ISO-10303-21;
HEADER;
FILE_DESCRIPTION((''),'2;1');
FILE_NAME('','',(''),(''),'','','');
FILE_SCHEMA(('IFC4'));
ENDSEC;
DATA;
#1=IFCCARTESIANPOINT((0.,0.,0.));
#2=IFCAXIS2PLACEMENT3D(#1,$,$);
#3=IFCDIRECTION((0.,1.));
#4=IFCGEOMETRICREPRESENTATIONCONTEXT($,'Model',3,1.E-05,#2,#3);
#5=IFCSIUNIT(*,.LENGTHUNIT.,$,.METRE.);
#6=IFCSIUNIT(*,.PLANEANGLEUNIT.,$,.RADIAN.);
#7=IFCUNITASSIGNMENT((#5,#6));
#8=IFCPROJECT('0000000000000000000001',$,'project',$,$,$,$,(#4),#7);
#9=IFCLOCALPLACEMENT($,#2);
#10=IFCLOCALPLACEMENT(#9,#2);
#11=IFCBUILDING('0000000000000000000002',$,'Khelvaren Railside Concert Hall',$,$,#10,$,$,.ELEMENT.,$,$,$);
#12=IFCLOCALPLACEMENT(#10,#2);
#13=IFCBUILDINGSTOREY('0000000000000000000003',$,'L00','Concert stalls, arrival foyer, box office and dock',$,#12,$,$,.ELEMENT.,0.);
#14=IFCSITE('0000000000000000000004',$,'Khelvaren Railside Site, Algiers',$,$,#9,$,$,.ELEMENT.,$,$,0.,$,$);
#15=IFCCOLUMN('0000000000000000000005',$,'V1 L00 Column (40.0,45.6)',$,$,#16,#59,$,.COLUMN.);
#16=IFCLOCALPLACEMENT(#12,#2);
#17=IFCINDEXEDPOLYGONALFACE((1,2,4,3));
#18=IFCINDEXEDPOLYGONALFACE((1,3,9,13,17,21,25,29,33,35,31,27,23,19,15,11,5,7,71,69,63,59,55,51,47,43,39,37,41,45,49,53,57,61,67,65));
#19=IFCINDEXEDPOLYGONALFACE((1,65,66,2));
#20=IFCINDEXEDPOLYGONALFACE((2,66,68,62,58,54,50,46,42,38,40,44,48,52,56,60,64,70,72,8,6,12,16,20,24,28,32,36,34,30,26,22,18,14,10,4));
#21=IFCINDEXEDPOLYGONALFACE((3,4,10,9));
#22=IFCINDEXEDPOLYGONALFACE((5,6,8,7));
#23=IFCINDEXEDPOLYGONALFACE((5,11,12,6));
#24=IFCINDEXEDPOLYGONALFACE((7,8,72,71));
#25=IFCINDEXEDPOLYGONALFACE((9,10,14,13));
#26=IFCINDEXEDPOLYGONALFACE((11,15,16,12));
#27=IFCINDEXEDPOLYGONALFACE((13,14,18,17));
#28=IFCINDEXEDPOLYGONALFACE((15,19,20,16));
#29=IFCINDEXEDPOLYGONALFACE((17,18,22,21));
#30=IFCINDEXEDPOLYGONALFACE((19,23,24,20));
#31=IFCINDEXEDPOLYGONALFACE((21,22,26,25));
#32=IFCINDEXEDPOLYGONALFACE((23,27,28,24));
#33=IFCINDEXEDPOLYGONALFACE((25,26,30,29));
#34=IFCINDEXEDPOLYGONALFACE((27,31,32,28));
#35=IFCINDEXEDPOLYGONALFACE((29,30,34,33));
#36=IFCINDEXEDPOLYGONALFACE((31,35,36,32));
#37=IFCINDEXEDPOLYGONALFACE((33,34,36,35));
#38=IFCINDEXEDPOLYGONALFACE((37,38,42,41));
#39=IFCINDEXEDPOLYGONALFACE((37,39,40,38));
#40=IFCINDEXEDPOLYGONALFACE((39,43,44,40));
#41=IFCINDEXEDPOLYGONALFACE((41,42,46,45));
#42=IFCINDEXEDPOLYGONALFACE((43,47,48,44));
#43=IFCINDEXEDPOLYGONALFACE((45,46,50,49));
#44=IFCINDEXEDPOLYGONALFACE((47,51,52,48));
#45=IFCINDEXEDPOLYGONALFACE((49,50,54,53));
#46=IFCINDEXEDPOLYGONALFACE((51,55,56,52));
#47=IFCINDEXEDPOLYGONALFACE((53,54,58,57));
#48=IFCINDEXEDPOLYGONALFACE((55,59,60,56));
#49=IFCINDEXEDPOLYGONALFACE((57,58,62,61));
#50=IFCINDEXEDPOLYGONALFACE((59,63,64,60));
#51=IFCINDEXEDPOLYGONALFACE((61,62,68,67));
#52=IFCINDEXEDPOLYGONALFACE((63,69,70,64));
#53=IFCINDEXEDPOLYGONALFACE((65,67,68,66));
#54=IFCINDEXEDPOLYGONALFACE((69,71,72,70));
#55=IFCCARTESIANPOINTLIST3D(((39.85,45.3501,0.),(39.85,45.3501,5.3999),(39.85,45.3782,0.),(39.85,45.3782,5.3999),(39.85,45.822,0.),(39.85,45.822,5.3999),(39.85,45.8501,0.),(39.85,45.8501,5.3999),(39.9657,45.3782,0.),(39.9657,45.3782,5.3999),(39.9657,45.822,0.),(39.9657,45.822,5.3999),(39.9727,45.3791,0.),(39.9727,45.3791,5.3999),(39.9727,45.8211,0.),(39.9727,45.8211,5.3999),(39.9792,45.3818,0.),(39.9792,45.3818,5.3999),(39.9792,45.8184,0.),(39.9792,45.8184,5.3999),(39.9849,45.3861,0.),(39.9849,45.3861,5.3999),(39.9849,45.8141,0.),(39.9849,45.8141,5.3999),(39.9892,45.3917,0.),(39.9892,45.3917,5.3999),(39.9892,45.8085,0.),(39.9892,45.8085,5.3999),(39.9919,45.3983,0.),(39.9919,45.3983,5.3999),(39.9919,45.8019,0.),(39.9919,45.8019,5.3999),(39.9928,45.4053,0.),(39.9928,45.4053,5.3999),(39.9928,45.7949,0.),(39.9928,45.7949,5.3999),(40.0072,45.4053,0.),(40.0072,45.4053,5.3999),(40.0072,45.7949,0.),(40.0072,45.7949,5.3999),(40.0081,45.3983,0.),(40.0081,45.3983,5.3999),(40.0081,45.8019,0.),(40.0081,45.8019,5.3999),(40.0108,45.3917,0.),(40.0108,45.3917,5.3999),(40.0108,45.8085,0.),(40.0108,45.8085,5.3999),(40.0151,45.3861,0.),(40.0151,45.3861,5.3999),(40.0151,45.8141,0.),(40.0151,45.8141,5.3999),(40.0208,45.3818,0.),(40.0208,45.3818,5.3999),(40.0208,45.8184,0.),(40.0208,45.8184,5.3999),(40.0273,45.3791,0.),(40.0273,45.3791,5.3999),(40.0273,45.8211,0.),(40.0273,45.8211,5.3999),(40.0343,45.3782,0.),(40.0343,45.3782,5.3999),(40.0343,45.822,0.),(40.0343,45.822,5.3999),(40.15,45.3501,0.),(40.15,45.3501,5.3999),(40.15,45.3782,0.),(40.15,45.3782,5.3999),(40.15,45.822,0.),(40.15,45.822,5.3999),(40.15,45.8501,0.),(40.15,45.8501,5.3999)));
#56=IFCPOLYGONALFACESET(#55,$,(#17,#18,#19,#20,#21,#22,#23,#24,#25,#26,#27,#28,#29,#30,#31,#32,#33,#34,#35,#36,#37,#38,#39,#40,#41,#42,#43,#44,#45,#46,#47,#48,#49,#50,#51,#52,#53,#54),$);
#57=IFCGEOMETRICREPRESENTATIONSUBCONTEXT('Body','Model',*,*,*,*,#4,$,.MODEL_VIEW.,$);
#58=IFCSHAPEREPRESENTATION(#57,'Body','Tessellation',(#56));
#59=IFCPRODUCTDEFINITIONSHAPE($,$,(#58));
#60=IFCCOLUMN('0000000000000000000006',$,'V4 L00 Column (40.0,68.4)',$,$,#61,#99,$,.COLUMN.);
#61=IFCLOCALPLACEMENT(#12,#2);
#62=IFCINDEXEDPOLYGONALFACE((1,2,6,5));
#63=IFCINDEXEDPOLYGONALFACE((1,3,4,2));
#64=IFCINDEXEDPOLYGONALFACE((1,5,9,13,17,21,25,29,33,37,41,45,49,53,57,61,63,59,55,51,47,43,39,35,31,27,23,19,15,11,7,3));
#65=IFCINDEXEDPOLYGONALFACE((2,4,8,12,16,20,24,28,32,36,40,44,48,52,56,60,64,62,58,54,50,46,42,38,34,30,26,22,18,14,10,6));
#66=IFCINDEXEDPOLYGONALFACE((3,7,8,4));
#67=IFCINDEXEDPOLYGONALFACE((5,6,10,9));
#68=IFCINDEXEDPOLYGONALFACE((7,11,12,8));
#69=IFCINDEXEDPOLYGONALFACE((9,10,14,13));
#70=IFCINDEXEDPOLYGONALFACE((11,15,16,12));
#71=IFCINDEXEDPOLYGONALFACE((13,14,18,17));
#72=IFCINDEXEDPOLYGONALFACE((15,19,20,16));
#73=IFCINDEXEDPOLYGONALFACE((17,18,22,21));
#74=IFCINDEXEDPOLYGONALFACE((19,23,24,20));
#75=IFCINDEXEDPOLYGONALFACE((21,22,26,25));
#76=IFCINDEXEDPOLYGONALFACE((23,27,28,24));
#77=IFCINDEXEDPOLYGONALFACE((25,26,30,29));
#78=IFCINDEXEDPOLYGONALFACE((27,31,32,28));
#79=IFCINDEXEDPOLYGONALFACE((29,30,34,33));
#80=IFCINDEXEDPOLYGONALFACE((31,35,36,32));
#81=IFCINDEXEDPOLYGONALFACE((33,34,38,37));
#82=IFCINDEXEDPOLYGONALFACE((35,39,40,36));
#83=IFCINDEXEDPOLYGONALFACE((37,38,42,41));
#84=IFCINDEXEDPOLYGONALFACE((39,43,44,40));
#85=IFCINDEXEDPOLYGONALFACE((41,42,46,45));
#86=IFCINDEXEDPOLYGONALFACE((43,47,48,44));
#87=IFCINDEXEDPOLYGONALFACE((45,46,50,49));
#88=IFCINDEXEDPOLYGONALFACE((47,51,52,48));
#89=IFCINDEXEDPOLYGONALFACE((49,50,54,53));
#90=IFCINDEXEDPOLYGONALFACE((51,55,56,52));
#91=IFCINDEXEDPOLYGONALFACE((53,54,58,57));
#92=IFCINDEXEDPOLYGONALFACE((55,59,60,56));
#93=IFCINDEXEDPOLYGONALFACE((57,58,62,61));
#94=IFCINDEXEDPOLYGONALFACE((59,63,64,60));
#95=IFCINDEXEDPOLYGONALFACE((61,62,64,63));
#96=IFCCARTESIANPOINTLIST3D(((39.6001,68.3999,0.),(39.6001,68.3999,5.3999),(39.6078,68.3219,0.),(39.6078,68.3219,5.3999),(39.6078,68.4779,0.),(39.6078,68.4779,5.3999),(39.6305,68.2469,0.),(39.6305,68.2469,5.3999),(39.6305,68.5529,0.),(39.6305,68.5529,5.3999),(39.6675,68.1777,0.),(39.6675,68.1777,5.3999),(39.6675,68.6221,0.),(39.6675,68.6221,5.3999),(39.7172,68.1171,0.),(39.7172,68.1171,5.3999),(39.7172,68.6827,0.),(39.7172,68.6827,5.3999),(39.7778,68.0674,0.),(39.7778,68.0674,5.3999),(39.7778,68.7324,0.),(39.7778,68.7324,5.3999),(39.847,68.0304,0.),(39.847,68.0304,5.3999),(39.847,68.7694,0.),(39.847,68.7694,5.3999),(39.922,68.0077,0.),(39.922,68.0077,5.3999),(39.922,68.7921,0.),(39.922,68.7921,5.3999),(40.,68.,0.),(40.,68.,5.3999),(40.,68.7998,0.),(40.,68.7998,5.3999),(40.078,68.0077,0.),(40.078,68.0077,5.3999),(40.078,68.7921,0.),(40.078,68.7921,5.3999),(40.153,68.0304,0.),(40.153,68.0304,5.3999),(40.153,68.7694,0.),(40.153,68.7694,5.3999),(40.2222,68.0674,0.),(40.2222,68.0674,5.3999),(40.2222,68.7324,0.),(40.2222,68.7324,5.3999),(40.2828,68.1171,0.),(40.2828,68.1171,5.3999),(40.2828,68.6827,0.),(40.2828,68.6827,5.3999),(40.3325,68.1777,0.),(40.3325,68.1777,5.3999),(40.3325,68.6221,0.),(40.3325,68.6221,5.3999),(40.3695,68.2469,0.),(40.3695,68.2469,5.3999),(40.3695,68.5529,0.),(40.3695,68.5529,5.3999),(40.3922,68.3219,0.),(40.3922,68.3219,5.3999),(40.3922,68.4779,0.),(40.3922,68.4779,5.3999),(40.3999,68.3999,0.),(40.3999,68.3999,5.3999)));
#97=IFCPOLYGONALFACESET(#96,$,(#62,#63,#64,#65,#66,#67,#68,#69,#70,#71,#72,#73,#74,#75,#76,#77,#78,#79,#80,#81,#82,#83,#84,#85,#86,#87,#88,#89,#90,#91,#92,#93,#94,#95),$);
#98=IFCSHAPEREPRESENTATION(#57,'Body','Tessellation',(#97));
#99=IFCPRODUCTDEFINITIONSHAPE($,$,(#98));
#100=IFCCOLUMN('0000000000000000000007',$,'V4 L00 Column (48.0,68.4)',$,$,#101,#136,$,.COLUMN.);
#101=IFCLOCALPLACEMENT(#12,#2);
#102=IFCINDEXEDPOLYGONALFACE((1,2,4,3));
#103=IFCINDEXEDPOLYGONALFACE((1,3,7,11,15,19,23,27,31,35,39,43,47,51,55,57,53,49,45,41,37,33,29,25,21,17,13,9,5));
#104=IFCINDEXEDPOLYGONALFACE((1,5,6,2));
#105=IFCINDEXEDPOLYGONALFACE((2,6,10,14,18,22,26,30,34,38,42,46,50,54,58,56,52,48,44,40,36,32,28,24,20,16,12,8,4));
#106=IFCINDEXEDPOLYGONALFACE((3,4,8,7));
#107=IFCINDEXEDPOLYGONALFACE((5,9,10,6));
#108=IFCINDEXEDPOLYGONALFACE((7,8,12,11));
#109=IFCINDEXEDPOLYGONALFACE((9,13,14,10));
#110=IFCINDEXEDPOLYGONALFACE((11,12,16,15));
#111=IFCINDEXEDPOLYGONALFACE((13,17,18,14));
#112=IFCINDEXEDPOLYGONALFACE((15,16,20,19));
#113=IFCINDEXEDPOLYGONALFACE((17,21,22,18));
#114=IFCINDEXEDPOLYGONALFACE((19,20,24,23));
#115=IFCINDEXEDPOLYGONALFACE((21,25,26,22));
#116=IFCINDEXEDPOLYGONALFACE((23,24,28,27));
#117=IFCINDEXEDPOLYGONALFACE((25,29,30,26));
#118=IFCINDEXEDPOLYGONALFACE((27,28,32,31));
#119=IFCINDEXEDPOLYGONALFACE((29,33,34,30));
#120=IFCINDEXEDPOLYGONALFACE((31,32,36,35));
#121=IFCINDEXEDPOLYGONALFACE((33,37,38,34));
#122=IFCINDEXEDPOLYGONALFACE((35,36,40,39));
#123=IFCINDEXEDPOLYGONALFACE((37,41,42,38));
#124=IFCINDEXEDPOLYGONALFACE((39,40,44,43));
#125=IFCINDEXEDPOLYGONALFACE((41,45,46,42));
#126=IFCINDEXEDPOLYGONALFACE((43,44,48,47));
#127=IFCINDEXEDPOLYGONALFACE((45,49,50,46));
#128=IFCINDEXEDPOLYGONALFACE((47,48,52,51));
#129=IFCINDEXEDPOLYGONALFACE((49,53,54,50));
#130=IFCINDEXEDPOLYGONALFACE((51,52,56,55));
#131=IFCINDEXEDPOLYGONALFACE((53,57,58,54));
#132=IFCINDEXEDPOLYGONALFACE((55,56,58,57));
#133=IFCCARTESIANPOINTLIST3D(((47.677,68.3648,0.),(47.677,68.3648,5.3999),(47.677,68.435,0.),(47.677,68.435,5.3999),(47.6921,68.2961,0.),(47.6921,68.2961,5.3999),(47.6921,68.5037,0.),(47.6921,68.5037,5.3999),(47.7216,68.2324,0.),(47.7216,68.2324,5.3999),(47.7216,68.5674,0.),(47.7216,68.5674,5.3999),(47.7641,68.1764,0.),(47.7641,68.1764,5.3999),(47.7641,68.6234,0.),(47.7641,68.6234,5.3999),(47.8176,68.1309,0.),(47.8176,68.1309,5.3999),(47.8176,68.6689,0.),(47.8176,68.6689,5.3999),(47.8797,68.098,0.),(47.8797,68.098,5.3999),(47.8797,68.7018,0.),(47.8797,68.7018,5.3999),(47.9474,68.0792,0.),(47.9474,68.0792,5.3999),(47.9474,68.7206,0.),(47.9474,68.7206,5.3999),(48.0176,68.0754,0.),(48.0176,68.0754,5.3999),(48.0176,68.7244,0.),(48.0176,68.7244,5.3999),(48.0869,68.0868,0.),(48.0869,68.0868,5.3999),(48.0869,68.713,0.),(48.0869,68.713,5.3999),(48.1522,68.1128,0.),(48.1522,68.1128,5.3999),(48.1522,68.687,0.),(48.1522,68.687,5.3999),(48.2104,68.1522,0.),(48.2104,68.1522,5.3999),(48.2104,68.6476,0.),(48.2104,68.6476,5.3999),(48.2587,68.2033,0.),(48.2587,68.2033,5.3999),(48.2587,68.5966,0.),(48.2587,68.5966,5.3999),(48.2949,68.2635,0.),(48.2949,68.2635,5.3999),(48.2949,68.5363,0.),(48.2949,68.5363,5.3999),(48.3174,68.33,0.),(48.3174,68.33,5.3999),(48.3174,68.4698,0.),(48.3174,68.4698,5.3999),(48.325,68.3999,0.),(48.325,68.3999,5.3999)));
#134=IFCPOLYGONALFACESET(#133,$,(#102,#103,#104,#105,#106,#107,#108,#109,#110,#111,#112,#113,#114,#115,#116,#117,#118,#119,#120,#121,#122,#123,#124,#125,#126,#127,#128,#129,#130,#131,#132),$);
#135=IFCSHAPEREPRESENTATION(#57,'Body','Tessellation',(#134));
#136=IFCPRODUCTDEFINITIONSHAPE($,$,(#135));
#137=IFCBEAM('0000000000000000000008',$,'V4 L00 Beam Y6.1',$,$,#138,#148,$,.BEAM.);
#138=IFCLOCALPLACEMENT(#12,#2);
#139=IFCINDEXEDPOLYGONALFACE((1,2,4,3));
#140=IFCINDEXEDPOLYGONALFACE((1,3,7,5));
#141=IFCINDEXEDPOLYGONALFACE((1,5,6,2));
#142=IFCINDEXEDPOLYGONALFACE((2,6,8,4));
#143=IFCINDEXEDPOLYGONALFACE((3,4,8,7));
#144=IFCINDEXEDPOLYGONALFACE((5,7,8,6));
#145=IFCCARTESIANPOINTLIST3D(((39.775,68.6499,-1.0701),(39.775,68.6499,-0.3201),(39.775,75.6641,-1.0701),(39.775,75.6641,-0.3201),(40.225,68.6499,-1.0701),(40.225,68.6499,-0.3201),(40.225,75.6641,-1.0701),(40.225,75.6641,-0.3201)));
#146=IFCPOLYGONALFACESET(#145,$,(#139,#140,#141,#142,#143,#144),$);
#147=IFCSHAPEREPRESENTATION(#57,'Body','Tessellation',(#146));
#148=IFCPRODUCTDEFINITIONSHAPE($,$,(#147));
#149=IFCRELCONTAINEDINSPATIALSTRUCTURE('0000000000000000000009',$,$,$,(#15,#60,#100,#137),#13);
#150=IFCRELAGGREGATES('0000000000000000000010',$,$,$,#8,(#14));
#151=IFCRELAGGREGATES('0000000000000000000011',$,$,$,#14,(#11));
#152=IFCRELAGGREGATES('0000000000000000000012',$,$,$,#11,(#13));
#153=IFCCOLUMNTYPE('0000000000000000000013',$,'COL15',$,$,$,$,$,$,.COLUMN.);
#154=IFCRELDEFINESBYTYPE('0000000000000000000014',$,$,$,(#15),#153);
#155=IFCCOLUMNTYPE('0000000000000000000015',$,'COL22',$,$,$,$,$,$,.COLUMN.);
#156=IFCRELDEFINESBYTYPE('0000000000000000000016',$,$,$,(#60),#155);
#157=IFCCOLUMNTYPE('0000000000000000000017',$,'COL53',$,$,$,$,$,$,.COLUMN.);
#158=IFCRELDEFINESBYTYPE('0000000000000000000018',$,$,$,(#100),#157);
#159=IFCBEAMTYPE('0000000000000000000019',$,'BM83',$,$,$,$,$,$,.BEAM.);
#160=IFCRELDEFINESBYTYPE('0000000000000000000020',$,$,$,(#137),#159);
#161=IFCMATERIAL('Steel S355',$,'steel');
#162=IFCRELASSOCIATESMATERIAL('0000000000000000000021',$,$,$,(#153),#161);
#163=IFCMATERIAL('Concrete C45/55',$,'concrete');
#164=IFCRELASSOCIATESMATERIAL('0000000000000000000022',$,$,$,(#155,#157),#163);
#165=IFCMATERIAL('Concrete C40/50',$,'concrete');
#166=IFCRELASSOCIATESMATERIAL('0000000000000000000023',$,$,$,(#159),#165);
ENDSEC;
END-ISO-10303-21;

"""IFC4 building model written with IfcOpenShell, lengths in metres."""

from ifc_helpers import new_model, si_unit, direction, frame, origin, origin_2d, place, context, subcontext, project, spatial, rectangle, circle, i_section, extrude, material, material_profile, profile_set, type_object, element, save


model = new_model("IFC4")

# Units and contexts
model_context = context("Model", 3, precision=1e-05, world=origin(), true_north=direction((0.0, 1.0)))
body_context = subcontext(model_context, "Body", "Model", "MODEL_VIEW")
ifc_project = project(units=[si_unit("LENGTHUNIT", "METRE"), si_unit("PLANEANGLEUNIT", "RADIAN")], contexts=[model_context])

# Site, building, storey
site_placement = place(None, origin())
site = spatial("IfcSite", under=ifc_project, at=site_placement, Name="Khelvaren Railside Site, Algiers", CompositionType="ELEMENT", RefElevation=0.0)
building_placement = place(site_placement, origin())
building = spatial("IfcBuilding", under=site, at=building_placement, Name="Khelvaren Railside Concert Hall", CompositionType="ELEMENT")
storey_placement = place(building_placement, origin())
storey = spatial("IfcBuildingStorey", under=building, at=storey_placement, Name="L00", Description="Concert stalls, arrival foyer, box office and dock", CompositionType="ELEMENT", Elevation=0.0)

# Columns
ifc_material_1 = material(Name="Steel S355", Category="steel")
ifc_material_profile_1 = material_profile(ifc_material_1, i_section(OverallWidth=0.3, OverallDepth=0.5, WebThickness=0.0144, FlangeThickness=0.0281, FilletRadius=0.0271, at=origin_2d()), Name="HEB 500")
ifc_profile_set_1 = profile_set([ifc_material_profile_1], Name="Steel S355")
column_type_1 = type_object("IfcColumnType", Name="COL15", PredefinedType="COLUMN", material=ifc_profile_set_1)
column_1_placement = place(storey_placement, frame((40.0, 45.6001, 0.0), z_axis=(0.0, 0.0, 1.0), x_axis=(1.0, 0.0, 0.0)))
element("IfcColumn", 1, at=column_1_placement, inside=storey, type_object=column_type_1, Name="V1 L00 Column (40.0,45.6)", PredefinedType="COLUMN", context=body_context, shape_type="SweptSolid", body=[
    extrude(i_section(OverallWidth=0.3, OverallDepth=0.5, WebThickness=0.0144, FlangeThickness=0.0281, FilletRadius=0.0271, at=origin_2d()), origin(), (0.0, 0.0, 1.0), 5.3999),
])
ifc_material_2 = material(Name="Concrete C45/55", Category="concrete")
ifc_material_profile_2 = material_profile(ifc_material_2, circle(Radius=0.3999, at=origin_2d()), Name="RC D800")
ifc_profile_set_2 = profile_set([ifc_material_profile_2], Name="Concrete C45/55")
column_type_2 = type_object("IfcColumnType", Name="COL22", PredefinedType="COLUMN", material=ifc_profile_set_2)
column_2_placement = place(storey_placement, frame((40.0, 68.3999, 0.0), z_axis=(0.0, 0.0, 1.0), x_axis=(1.0, 0.0, 0.0)))
element("IfcColumn", 2, at=column_2_placement, inside=storey, type_object=column_type_2, Name="V4 L00 Column (40.0,68.4)", PredefinedType="COLUMN", context=body_context, shape_type="SweptSolid", body=[
    extrude(circle(Radius=0.3999, at=origin_2d()), origin(), (0.0, 0.0, 1.0), 5.3999),
])
ifc_material_profile_3 = material_profile(ifc_material_2, circle(Radius=0.325, at=origin_2d()), Name="RC D650")
ifc_profile_set_3 = profile_set([ifc_material_profile_3], Name="Concrete C45/55")
column_type_3 = type_object("IfcColumnType", Name="COL53", PredefinedType="COLUMN", material=ifc_profile_set_3)
column_3_placement = place(storey_placement, frame((48.0, 68.3999, 0.0), z_axis=(0.0, 0.0, 1.0), x_axis=(1.0, 0.0, 0.0)))
element("IfcColumn", 3, at=column_3_placement, inside=storey, type_object=column_type_3, Name="V4 L00 Column (48.0,68.4)", PredefinedType="COLUMN", context=body_context, shape_type="SweptSolid", body=[
    extrude(circle(Radius=0.325, at=origin_2d()), origin(), (0.0, 0.0, 1.0), 5.3999),
])

# Beam
ifc_material_3 = material(Name="Concrete C40/50", Category="concrete")
ifc_material_profile_4 = material_profile(ifc_material_3, rectangle(XDim=0.45, YDim=0.75, at=origin_2d()), Name="RCB 450x750")
ifc_profile_set_4 = profile_set([ifc_material_profile_4], Name="Concrete C40/50")
beam_type_1 = type_object("IfcBeamType", Name="BM83", PredefinedType="BEAM", material=ifc_profile_set_4)
beam_1_placement = place(storey_placement, frame((40.0, 68.6499, -0.6951), z_axis=(0.0, 1.0, 0.0), x_axis=(-1.0, 0.0, 0.0)))
element("IfcBeam", 4, at=beam_1_placement, inside=storey, type_object=beam_type_1, Name="V4 L00 Beam Y6.1", PredefinedType="BEAM", context=body_context, shape_type="SweptSolid", body=[
    extrude(rectangle(XDim=0.45, YDim=0.75, at=origin_2d()), origin(), (0.0, 0.0, 1.0), 7.0142),
])

save(model, "model.ifc")
